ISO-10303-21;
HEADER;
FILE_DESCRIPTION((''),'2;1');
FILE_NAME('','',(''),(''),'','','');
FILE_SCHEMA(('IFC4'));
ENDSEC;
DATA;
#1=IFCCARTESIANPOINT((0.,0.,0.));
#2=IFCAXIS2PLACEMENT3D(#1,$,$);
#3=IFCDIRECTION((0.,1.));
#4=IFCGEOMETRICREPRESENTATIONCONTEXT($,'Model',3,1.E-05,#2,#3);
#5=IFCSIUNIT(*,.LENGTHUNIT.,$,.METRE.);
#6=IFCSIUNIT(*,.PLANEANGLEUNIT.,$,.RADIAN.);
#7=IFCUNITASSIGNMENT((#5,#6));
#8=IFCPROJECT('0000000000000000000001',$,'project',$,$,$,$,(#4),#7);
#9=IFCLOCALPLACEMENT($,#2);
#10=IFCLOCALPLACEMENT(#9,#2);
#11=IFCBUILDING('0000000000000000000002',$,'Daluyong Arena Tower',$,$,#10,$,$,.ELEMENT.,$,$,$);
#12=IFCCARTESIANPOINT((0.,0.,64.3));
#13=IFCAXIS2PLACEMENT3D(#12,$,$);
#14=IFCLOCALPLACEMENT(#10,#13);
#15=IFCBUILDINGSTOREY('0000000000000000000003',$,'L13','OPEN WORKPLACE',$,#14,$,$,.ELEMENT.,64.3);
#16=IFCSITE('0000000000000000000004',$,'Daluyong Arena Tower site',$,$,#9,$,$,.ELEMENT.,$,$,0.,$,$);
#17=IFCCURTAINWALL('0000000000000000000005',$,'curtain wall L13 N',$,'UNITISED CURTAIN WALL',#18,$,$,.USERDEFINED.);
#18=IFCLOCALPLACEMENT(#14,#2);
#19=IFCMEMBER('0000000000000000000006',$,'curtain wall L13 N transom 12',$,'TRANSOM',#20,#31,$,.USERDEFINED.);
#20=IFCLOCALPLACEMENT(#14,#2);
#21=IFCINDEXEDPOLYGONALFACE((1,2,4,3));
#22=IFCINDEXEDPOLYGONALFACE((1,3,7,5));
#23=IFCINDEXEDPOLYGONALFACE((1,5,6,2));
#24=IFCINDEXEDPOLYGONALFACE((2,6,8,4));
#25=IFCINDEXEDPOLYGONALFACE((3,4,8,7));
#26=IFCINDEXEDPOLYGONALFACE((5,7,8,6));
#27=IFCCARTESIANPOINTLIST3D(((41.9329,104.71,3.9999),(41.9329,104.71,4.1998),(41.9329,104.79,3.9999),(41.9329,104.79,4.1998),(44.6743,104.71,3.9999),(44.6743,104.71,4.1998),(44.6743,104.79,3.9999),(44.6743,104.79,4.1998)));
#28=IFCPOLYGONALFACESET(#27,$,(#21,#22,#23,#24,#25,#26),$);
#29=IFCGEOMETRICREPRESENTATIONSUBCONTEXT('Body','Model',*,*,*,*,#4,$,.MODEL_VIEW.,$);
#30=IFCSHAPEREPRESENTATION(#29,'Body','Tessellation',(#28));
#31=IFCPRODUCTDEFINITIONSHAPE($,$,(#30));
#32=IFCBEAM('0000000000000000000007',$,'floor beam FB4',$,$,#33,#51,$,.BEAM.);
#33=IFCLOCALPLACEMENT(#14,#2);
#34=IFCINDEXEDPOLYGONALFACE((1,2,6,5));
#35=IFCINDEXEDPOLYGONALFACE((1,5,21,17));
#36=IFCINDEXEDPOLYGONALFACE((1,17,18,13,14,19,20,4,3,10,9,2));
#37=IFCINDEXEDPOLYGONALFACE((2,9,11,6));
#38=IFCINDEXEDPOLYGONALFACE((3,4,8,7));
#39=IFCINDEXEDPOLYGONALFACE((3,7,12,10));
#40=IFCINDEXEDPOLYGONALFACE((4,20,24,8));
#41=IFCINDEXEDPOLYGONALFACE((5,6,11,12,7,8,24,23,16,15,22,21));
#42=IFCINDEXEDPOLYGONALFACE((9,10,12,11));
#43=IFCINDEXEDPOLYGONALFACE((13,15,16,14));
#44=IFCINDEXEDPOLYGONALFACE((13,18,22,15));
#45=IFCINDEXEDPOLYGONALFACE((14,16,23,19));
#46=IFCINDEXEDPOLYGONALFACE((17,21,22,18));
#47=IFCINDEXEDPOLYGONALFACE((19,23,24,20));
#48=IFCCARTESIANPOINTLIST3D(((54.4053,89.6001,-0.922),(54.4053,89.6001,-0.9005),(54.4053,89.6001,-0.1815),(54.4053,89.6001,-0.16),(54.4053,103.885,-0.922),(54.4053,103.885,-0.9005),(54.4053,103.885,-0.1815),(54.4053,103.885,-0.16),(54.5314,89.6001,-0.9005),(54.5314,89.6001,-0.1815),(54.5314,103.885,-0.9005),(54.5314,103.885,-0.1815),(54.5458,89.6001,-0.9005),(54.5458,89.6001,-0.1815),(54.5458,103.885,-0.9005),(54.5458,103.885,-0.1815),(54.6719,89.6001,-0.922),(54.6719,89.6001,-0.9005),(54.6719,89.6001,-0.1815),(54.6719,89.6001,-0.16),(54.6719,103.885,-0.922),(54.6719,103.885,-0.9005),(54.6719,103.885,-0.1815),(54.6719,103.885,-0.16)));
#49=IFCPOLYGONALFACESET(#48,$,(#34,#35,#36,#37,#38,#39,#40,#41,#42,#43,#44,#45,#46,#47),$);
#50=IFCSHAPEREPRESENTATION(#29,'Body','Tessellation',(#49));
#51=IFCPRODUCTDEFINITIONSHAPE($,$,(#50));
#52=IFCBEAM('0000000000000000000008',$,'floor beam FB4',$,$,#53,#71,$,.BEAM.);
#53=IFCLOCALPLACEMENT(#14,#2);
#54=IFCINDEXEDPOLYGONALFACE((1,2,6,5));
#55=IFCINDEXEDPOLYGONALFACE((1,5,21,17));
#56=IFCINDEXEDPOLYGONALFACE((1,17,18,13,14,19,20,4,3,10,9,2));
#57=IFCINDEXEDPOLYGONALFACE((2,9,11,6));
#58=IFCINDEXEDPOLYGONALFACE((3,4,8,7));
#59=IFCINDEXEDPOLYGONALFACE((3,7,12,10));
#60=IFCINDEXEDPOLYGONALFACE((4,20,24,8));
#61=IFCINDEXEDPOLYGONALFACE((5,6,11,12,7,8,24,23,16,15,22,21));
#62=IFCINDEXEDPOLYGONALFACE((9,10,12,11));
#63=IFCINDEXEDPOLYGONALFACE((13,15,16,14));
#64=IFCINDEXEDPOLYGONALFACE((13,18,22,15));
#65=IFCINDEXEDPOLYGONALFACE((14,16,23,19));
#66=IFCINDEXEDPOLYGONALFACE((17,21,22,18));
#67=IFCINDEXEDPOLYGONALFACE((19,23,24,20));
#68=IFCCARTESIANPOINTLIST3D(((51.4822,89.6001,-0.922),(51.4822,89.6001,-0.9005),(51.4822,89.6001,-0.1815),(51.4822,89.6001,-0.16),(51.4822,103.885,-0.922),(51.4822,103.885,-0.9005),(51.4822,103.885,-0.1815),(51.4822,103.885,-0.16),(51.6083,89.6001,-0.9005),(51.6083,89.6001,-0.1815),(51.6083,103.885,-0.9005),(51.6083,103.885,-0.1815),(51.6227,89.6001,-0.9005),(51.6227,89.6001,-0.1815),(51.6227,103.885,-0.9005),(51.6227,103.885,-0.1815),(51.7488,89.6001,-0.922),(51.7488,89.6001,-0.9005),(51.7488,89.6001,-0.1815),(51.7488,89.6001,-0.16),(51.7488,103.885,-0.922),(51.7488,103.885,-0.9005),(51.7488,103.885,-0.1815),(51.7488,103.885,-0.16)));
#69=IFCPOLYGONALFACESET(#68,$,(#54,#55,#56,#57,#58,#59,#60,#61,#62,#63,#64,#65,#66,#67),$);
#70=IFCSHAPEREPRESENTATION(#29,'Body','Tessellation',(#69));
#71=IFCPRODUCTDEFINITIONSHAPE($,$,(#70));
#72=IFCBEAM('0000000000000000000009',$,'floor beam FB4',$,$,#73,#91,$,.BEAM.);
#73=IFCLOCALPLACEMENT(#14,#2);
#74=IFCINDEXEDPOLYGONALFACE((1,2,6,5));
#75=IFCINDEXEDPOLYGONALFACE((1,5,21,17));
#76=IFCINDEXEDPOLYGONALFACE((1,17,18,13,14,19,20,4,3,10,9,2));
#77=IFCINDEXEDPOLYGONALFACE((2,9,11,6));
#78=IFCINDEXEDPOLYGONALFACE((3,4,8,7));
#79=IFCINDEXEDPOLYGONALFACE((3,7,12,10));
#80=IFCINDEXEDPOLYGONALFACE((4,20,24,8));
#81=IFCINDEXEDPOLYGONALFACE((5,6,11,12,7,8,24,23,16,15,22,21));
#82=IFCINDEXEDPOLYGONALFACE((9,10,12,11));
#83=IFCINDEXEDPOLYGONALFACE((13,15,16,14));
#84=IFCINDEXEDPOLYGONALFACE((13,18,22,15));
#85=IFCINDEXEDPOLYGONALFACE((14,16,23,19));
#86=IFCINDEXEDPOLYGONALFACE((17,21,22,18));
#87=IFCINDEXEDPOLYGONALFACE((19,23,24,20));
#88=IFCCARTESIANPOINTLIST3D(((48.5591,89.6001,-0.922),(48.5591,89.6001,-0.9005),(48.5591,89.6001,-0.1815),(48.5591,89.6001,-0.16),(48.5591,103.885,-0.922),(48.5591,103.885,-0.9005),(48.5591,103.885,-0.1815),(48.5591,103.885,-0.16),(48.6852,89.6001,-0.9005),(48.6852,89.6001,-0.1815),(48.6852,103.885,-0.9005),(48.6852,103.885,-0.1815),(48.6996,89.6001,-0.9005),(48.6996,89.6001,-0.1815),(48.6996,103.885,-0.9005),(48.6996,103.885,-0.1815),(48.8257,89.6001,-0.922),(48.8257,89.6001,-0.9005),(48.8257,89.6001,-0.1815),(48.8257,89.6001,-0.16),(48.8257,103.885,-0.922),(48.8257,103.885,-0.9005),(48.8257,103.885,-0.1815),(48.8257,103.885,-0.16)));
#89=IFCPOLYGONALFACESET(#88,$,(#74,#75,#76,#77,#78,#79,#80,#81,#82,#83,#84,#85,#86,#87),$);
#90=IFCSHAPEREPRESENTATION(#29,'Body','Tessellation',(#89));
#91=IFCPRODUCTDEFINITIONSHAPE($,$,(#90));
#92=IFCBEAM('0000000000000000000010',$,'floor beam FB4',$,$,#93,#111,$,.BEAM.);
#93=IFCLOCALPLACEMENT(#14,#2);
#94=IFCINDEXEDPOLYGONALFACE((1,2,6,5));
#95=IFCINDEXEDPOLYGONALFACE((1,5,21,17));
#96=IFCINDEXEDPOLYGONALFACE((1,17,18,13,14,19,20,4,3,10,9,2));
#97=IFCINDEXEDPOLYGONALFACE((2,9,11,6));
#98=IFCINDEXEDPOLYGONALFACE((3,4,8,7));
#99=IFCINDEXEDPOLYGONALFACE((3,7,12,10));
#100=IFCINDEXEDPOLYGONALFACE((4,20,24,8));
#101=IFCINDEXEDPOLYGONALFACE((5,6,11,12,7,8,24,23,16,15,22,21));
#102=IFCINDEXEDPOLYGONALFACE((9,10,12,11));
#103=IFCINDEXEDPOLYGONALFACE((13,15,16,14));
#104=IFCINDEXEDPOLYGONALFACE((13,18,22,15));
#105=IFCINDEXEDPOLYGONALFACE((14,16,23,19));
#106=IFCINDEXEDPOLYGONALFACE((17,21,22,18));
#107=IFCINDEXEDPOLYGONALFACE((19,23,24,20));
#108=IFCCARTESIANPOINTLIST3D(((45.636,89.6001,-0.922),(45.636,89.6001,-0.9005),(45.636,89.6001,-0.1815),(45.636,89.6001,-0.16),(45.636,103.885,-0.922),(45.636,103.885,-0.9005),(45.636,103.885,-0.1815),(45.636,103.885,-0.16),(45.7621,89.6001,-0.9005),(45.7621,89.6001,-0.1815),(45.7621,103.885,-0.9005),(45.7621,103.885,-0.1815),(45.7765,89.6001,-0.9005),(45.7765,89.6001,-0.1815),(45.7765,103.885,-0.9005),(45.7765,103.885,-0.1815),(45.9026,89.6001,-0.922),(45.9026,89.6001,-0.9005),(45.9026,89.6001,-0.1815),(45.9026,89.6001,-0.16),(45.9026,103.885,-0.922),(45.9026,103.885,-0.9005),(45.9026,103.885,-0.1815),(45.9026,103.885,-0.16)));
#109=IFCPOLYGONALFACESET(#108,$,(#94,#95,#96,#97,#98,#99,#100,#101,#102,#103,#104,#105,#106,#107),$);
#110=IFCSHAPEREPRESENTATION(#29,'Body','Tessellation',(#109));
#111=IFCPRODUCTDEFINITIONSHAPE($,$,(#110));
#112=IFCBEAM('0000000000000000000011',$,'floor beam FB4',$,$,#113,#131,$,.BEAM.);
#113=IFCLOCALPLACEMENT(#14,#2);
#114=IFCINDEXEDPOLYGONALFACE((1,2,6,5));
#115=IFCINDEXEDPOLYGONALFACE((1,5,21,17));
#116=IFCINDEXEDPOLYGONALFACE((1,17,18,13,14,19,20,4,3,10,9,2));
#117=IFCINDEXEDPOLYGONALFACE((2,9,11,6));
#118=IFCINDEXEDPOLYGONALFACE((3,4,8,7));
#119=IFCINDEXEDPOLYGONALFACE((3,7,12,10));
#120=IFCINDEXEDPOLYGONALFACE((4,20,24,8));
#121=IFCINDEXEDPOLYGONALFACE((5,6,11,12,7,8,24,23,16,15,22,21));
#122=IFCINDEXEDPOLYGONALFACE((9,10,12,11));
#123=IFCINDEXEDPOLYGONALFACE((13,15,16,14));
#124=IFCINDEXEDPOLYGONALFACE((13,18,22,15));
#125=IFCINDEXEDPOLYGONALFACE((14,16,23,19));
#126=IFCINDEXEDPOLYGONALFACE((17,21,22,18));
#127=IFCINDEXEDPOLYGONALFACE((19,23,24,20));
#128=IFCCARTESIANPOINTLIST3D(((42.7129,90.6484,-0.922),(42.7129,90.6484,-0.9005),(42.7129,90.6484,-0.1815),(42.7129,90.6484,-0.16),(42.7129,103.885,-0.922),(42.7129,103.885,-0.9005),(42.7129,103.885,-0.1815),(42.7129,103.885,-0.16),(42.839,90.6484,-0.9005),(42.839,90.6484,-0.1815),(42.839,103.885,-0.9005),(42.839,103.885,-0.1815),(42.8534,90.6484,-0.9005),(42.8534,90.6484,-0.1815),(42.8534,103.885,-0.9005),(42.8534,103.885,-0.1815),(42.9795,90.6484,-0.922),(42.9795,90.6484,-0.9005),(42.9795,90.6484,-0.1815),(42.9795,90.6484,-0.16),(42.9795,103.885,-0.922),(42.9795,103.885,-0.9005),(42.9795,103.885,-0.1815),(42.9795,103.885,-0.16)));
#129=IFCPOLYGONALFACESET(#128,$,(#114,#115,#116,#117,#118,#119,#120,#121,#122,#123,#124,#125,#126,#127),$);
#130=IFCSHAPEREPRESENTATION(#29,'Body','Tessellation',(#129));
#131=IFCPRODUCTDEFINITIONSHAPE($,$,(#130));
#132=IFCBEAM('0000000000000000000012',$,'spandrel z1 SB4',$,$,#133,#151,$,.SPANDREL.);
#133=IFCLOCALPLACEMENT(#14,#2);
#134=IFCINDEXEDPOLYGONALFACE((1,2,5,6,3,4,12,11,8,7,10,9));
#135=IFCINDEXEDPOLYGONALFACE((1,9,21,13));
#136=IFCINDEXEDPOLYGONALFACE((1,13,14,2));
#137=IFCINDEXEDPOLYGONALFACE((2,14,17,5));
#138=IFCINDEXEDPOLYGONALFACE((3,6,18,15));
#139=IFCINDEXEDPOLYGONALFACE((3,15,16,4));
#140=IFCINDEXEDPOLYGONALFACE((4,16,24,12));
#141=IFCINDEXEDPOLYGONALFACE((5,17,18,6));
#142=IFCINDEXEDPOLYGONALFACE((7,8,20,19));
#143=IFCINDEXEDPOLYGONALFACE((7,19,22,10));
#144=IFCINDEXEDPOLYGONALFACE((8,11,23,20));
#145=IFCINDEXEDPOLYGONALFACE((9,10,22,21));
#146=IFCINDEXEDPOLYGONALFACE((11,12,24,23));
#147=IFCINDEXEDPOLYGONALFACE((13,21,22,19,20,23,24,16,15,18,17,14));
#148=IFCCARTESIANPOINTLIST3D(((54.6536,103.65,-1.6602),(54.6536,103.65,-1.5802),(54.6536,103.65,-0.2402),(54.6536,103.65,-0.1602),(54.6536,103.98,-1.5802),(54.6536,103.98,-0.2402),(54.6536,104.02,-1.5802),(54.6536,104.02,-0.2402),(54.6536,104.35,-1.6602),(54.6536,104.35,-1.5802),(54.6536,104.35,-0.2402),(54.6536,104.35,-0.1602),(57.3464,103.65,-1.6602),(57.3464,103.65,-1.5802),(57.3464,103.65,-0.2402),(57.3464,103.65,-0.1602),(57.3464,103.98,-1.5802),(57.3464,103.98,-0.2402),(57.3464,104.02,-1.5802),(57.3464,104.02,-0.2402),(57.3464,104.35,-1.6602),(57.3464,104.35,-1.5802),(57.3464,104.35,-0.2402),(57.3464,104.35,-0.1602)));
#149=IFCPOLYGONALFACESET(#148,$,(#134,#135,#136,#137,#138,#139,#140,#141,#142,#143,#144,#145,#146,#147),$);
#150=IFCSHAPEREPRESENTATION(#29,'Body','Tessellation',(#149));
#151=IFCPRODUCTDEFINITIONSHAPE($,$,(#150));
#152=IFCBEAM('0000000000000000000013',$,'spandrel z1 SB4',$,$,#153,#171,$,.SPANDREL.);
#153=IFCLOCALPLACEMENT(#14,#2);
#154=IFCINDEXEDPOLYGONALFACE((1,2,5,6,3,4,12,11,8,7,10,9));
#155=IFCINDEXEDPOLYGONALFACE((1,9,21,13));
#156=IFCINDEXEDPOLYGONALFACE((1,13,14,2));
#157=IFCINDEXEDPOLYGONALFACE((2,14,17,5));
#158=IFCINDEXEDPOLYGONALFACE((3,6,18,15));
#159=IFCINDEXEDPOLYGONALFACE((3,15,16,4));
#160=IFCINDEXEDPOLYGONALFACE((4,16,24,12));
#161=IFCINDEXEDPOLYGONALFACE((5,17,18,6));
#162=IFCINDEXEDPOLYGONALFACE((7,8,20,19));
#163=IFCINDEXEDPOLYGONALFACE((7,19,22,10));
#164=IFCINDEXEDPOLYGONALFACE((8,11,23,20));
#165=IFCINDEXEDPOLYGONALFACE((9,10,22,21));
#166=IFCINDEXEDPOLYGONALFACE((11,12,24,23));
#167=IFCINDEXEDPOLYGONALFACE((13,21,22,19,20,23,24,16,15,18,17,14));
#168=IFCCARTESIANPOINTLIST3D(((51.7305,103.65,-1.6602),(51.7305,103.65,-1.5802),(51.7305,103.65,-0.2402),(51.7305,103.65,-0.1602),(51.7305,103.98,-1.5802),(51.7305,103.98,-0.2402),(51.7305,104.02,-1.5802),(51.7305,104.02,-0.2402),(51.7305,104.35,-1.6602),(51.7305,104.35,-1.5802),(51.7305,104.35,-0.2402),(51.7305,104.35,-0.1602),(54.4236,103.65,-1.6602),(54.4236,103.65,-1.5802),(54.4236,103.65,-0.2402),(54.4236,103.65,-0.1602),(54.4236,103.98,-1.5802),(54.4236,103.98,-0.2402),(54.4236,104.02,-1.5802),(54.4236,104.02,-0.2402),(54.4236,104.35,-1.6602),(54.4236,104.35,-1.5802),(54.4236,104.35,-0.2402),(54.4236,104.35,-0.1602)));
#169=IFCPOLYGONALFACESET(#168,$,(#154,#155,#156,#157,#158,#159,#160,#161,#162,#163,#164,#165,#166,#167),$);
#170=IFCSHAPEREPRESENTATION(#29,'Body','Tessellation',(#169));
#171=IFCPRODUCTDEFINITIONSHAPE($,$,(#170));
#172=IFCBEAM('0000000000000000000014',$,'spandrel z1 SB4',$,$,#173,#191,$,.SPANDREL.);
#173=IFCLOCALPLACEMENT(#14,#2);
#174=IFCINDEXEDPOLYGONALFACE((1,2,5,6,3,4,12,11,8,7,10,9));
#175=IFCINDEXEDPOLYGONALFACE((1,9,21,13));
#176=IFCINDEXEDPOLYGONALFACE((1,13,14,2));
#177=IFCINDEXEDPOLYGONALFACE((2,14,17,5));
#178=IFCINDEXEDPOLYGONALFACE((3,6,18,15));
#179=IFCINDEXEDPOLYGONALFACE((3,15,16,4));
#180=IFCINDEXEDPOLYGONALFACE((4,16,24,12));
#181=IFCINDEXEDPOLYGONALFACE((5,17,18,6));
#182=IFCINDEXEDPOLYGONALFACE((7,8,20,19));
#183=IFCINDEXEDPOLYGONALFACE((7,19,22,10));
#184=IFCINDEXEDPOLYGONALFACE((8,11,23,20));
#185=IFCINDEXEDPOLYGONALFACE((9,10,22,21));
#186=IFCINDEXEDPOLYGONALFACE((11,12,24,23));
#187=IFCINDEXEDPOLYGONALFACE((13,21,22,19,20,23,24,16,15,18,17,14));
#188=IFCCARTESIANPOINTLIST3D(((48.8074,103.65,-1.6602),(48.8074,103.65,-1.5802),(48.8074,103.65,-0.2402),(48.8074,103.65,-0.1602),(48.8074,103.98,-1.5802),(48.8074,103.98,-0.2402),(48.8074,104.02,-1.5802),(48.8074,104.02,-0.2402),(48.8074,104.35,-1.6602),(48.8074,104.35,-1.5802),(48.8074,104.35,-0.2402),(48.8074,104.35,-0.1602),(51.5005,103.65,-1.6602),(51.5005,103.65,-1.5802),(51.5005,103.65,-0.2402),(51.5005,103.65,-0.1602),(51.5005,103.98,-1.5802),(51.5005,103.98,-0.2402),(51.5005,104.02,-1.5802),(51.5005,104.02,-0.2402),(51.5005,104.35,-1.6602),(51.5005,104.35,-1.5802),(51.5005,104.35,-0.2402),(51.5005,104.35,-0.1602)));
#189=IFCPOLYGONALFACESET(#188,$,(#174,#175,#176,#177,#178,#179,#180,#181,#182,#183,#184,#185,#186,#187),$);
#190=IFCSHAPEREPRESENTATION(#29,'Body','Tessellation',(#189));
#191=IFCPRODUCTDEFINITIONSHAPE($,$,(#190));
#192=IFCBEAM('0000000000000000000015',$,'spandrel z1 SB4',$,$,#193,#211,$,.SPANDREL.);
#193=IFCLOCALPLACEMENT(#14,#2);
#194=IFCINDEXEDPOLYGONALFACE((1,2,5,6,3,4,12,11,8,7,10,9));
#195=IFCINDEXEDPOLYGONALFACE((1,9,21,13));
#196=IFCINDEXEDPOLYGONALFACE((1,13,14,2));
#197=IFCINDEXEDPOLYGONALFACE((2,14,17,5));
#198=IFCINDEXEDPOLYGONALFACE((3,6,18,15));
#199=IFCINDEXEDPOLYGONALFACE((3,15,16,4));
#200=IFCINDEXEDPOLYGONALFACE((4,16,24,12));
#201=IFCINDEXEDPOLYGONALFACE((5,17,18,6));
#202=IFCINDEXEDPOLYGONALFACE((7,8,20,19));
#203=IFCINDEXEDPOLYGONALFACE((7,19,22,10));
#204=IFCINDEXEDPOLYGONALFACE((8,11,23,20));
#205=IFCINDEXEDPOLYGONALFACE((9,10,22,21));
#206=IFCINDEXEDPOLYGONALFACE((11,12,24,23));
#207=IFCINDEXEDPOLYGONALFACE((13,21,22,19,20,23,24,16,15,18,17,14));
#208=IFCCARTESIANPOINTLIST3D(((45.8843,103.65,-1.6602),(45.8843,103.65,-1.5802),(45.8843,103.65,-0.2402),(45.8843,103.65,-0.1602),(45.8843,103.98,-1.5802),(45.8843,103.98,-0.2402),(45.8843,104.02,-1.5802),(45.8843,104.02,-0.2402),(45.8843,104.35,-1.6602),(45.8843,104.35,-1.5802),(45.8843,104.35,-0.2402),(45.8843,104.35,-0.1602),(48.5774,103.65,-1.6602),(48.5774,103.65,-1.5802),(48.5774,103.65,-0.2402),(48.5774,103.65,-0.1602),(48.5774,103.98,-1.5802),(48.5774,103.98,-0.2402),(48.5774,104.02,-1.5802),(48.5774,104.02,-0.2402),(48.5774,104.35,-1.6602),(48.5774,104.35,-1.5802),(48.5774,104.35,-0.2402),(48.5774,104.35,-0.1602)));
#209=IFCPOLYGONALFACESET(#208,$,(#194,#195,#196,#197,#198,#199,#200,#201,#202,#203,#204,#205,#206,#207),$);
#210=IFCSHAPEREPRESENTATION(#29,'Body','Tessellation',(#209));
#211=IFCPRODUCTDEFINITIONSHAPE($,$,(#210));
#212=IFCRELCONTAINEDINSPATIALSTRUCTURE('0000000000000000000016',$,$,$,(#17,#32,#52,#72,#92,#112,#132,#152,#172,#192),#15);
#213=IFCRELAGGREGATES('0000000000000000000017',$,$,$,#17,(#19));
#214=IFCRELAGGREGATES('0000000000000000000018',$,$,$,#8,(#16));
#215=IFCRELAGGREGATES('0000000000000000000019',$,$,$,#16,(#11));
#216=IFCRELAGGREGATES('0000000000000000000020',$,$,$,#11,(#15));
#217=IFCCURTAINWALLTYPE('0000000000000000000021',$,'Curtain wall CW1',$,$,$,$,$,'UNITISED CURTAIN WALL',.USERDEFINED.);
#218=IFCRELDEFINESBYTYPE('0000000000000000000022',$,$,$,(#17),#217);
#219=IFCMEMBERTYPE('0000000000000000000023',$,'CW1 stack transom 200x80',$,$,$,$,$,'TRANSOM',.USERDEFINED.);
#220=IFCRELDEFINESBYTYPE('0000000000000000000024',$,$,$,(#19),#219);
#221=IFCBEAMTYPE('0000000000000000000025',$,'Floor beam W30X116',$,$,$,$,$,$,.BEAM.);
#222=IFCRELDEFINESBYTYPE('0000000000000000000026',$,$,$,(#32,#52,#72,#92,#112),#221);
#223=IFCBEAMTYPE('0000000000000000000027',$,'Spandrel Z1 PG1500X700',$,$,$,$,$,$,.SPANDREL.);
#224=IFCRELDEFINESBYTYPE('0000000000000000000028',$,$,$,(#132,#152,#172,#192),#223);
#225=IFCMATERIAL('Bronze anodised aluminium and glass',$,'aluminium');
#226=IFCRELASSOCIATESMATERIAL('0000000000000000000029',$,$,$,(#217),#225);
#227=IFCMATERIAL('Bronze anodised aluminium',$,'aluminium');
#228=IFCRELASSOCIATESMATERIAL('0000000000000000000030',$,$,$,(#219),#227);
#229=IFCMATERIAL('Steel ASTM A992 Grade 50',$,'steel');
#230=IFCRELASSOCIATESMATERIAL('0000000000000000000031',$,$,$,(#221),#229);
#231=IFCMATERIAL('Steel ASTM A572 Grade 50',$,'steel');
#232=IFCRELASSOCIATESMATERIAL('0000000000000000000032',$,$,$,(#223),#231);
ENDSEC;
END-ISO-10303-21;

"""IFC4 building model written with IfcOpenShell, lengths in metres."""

from ifc_helpers import new_model, si_unit, direction, frame, origin, origin_2d, place, context, subcontext, project, spatial, rectangle, i_section, extrude, material, material_profile, profile_set, type_object, element, aggregate, save


model = new_model("IFC4")

# Units and contexts
model_context = context("Model", 3, precision=1e-05, world=origin(), true_north=direction((0.0, 1.0)))
body_context = subcontext(model_context, "Body", "Model", "MODEL_VIEW")
ifc_project = project(units=[si_unit("LENGTHUNIT", "METRE"), si_unit("PLANEANGLEUNIT", "RADIAN")], contexts=[model_context])

# Site, building, storey
site_placement = place(None, origin())
site = spatial("IfcSite", under=ifc_project, at=site_placement, Name="Daluyong Arena Tower site", CompositionType="ELEMENT", RefElevation=0.0)
building_placement = place(site_placement, origin())
building = spatial("IfcBuilding", under=site, at=building_placement, Name="Daluyong Arena Tower", CompositionType="ELEMENT")
storey_placement = place(building_placement, frame((0.0, 0.0, 64.3)))
storey = spatial("IfcBuildingStorey", under=building, at=storey_placement, Name="L13", Description="OPEN WORKPLACE", CompositionType="ELEMENT", Elevation=64.3)

# Curtain wall, member
ifc_material_1 = material(Name="Bronze anodised aluminium and glass", Category="aluminium")
curtain_wall_type = type_object("IfcCurtainWallType", Name="Curtain wall CW1", ElementType="UNITISED CURTAIN WALL", PredefinedType="USERDEFINED", material=ifc_material_1)
curtain_wall_placement = place(storey_placement, origin())
curtain_wall = element("IfcCurtainWall", 1, at=curtain_wall_placement, inside=storey, type_object=curtain_wall_type, Name="curtain wall L13 N", ObjectType="UNITISED CURTAIN WALL", PredefinedType="USERDEFINED")
ifc_material_2 = material(Name="Bronze anodised aluminium", Category="aluminium")
ifc_material_profile_1 = material_profile(ifc_material_2, rectangle(XDim=0.0801, YDim=0.2, at=origin_2d()))
ifc_profile_set_1 = profile_set([ifc_material_profile_1], Name="Bronze anodised aluminium")
member_type_1 = type_object("IfcMemberType", Name="CW1 stack transom 200x80", ElementType="TRANSOM", PredefinedType="USERDEFINED", material=ifc_profile_set_1)
member_1_placement = place(storey_placement, frame((44.6743, 104.75, 4.0999), z_axis=(-1.0, 0.0, 0.0), x_axis=(0.0, -1.0, 0.0)))
member_1 = element("IfcMember", 2, at=member_1_placement, type_object=member_type_1, Name="curtain wall L13 N transom 12", ObjectType="TRANSOM", PredefinedType="USERDEFINED", context=body_context, shape_type="SweptSolid", body=[
    extrude(rectangle(XDim=0.0801, YDim=0.2, at=origin_2d()), origin(), (0.0, 0.0, 1.0), 2.7415),
])

# Beams
ifc_material_3 = material(Name="Steel ASTM A992 Grade 50", Category="steel")
ifc_material_profile_2 = material_profile(ifc_material_3, i_section(OverallWidth=0.2666, OverallDepth=0.762, WebThickness=0.0144, FlangeThickness=0.0215, at=origin_2d()))
ifc_profile_set_2 = profile_set([ifc_material_profile_2], Name="Steel ASTM A992 Grade 50")
beam_type_1 = type_object("IfcBeamType", Name="Floor beam W30X116", PredefinedType="BEAM", material=ifc_profile_set_2)
for number, where, z_axis, x_axis, name in (
    (3, (54.5386, 103.885, -0.541), (0.0, -1.0, 0.0), (1.0, 0.0, 0.0), "floor beam FB4"),
    (4, (51.6155, 103.885, -0.541), (0.0, -1.0, 0.0), (1.0, 0.0, 0.0), "floor beam FB4"),
    (5, (48.6924, 103.885, -0.541), (0.0, -1.0, 0.0), (1.0, 0.0, 0.0), "floor beam FB4"),
    (6, (45.7693, 103.885, -0.541), (0.0, -1.0, 0.0), (1.0, 0.0, 0.0), "floor beam FB4"),
):
    element("IfcBeam", number, at=place(storey_placement, frame(where, z_axis=z_axis, x_axis=x_axis)), inside=storey, type_object=beam_type_1, Name=name, PredefinedType="BEAM", context=body_context, shape_type="SweptSolid", body=[
        extrude(i_section(OverallWidth=0.2666, OverallDepth=0.762, WebThickness=0.0144, FlangeThickness=0.0215, at=origin_2d()), origin(), (0.0, 0.0, 1.0), 14.2849),
    ])
beam_1_placement = place(storey_placement, frame((42.8462, 103.885, -0.541), z_axis=(0.0, -1.0, 0.0), x_axis=(1.0, 0.0, 0.0)))
element("IfcBeam", 7, at=beam_1_placement, inside=storey, type_object=beam_type_1, Name="floor beam FB4", PredefinedType="BEAM", context=body_context, shape_type="SweptSolid", body=[
    extrude(i_section(OverallWidth=0.2666, OverallDepth=0.762, WebThickness=0.0144, FlangeThickness=0.0215, at=origin_2d()), origin(), (0.0, 0.0, 1.0), 13.2366),
])
ifc_material_4 = material(Name="Steel ASTM A572 Grade 50", Category="steel")
ifc_material_profile_3 = material_profile(ifc_material_4, i_section(OverallWidth=0.7, OverallDepth=1.5, WebThickness=0.04, FlangeThickness=0.08, at=origin_2d()))
ifc_profile_set_3 = profile_set([ifc_material_profile_3], Name="Steel ASTM A572 Grade 50")
beam_type_2 = type_object("IfcBeamType", Name="Spandrel Z1 PG1500X700", PredefinedType="SPANDREL", material=ifc_profile_set_3)
beam_2_placement = place(storey_placement, frame((57.3464, 104.0, -0.9102), z_axis=(-1.0, 0.0, 0.0), x_axis=(0.0, -1.0, 0.0)))
element("IfcBeam", 8, at=beam_2_placement, inside=storey, type_object=beam_type_2, Name="spandrel z1 SB4", PredefinedType="SPANDREL", context=body_context, shape_type="SweptSolid", body=[
    extrude(i_section(OverallWidth=0.7, OverallDepth=1.5, WebThickness=0.04, FlangeThickness=0.08, at=origin_2d()), origin(), (0.0, 0.0, 1.0), 2.6929),
])
for number, where, z_axis, x_axis, name in (
    (9, (54.4236, 104.0, -0.9102), (-1.0, 0.0, 0.0), (0.0, -1.0, 0.0), "spandrel z1 SB4"),
    (10, (51.5005, 104.0, -0.9102), (-1.0, 0.0, 0.0), (0.0, -1.0, 0.0), "spandrel z1 SB4"),
    (11, (48.5774, 104.0, -0.9102), (-1.0, 0.0, 0.0), (0.0, -1.0, 0.0), "spandrel z1 SB4"),
):
    element("IfcBeam", number, at=place(storey_placement, frame(where, z_axis=z_axis, x_axis=x_axis)), inside=storey, type_object=beam_type_2, Name=name, PredefinedType="SPANDREL", context=body_context, shape_type="SweptSolid", body=[
        extrude(i_section(OverallWidth=0.7, OverallDepth=1.5, WebThickness=0.04, FlangeThickness=0.08, at=origin_2d()), origin(), (0.0, 0.0, 1.0), 2.6931),
    ])

aggregate(curtain_wall, [member_1])

save(model, "model.ifc")
